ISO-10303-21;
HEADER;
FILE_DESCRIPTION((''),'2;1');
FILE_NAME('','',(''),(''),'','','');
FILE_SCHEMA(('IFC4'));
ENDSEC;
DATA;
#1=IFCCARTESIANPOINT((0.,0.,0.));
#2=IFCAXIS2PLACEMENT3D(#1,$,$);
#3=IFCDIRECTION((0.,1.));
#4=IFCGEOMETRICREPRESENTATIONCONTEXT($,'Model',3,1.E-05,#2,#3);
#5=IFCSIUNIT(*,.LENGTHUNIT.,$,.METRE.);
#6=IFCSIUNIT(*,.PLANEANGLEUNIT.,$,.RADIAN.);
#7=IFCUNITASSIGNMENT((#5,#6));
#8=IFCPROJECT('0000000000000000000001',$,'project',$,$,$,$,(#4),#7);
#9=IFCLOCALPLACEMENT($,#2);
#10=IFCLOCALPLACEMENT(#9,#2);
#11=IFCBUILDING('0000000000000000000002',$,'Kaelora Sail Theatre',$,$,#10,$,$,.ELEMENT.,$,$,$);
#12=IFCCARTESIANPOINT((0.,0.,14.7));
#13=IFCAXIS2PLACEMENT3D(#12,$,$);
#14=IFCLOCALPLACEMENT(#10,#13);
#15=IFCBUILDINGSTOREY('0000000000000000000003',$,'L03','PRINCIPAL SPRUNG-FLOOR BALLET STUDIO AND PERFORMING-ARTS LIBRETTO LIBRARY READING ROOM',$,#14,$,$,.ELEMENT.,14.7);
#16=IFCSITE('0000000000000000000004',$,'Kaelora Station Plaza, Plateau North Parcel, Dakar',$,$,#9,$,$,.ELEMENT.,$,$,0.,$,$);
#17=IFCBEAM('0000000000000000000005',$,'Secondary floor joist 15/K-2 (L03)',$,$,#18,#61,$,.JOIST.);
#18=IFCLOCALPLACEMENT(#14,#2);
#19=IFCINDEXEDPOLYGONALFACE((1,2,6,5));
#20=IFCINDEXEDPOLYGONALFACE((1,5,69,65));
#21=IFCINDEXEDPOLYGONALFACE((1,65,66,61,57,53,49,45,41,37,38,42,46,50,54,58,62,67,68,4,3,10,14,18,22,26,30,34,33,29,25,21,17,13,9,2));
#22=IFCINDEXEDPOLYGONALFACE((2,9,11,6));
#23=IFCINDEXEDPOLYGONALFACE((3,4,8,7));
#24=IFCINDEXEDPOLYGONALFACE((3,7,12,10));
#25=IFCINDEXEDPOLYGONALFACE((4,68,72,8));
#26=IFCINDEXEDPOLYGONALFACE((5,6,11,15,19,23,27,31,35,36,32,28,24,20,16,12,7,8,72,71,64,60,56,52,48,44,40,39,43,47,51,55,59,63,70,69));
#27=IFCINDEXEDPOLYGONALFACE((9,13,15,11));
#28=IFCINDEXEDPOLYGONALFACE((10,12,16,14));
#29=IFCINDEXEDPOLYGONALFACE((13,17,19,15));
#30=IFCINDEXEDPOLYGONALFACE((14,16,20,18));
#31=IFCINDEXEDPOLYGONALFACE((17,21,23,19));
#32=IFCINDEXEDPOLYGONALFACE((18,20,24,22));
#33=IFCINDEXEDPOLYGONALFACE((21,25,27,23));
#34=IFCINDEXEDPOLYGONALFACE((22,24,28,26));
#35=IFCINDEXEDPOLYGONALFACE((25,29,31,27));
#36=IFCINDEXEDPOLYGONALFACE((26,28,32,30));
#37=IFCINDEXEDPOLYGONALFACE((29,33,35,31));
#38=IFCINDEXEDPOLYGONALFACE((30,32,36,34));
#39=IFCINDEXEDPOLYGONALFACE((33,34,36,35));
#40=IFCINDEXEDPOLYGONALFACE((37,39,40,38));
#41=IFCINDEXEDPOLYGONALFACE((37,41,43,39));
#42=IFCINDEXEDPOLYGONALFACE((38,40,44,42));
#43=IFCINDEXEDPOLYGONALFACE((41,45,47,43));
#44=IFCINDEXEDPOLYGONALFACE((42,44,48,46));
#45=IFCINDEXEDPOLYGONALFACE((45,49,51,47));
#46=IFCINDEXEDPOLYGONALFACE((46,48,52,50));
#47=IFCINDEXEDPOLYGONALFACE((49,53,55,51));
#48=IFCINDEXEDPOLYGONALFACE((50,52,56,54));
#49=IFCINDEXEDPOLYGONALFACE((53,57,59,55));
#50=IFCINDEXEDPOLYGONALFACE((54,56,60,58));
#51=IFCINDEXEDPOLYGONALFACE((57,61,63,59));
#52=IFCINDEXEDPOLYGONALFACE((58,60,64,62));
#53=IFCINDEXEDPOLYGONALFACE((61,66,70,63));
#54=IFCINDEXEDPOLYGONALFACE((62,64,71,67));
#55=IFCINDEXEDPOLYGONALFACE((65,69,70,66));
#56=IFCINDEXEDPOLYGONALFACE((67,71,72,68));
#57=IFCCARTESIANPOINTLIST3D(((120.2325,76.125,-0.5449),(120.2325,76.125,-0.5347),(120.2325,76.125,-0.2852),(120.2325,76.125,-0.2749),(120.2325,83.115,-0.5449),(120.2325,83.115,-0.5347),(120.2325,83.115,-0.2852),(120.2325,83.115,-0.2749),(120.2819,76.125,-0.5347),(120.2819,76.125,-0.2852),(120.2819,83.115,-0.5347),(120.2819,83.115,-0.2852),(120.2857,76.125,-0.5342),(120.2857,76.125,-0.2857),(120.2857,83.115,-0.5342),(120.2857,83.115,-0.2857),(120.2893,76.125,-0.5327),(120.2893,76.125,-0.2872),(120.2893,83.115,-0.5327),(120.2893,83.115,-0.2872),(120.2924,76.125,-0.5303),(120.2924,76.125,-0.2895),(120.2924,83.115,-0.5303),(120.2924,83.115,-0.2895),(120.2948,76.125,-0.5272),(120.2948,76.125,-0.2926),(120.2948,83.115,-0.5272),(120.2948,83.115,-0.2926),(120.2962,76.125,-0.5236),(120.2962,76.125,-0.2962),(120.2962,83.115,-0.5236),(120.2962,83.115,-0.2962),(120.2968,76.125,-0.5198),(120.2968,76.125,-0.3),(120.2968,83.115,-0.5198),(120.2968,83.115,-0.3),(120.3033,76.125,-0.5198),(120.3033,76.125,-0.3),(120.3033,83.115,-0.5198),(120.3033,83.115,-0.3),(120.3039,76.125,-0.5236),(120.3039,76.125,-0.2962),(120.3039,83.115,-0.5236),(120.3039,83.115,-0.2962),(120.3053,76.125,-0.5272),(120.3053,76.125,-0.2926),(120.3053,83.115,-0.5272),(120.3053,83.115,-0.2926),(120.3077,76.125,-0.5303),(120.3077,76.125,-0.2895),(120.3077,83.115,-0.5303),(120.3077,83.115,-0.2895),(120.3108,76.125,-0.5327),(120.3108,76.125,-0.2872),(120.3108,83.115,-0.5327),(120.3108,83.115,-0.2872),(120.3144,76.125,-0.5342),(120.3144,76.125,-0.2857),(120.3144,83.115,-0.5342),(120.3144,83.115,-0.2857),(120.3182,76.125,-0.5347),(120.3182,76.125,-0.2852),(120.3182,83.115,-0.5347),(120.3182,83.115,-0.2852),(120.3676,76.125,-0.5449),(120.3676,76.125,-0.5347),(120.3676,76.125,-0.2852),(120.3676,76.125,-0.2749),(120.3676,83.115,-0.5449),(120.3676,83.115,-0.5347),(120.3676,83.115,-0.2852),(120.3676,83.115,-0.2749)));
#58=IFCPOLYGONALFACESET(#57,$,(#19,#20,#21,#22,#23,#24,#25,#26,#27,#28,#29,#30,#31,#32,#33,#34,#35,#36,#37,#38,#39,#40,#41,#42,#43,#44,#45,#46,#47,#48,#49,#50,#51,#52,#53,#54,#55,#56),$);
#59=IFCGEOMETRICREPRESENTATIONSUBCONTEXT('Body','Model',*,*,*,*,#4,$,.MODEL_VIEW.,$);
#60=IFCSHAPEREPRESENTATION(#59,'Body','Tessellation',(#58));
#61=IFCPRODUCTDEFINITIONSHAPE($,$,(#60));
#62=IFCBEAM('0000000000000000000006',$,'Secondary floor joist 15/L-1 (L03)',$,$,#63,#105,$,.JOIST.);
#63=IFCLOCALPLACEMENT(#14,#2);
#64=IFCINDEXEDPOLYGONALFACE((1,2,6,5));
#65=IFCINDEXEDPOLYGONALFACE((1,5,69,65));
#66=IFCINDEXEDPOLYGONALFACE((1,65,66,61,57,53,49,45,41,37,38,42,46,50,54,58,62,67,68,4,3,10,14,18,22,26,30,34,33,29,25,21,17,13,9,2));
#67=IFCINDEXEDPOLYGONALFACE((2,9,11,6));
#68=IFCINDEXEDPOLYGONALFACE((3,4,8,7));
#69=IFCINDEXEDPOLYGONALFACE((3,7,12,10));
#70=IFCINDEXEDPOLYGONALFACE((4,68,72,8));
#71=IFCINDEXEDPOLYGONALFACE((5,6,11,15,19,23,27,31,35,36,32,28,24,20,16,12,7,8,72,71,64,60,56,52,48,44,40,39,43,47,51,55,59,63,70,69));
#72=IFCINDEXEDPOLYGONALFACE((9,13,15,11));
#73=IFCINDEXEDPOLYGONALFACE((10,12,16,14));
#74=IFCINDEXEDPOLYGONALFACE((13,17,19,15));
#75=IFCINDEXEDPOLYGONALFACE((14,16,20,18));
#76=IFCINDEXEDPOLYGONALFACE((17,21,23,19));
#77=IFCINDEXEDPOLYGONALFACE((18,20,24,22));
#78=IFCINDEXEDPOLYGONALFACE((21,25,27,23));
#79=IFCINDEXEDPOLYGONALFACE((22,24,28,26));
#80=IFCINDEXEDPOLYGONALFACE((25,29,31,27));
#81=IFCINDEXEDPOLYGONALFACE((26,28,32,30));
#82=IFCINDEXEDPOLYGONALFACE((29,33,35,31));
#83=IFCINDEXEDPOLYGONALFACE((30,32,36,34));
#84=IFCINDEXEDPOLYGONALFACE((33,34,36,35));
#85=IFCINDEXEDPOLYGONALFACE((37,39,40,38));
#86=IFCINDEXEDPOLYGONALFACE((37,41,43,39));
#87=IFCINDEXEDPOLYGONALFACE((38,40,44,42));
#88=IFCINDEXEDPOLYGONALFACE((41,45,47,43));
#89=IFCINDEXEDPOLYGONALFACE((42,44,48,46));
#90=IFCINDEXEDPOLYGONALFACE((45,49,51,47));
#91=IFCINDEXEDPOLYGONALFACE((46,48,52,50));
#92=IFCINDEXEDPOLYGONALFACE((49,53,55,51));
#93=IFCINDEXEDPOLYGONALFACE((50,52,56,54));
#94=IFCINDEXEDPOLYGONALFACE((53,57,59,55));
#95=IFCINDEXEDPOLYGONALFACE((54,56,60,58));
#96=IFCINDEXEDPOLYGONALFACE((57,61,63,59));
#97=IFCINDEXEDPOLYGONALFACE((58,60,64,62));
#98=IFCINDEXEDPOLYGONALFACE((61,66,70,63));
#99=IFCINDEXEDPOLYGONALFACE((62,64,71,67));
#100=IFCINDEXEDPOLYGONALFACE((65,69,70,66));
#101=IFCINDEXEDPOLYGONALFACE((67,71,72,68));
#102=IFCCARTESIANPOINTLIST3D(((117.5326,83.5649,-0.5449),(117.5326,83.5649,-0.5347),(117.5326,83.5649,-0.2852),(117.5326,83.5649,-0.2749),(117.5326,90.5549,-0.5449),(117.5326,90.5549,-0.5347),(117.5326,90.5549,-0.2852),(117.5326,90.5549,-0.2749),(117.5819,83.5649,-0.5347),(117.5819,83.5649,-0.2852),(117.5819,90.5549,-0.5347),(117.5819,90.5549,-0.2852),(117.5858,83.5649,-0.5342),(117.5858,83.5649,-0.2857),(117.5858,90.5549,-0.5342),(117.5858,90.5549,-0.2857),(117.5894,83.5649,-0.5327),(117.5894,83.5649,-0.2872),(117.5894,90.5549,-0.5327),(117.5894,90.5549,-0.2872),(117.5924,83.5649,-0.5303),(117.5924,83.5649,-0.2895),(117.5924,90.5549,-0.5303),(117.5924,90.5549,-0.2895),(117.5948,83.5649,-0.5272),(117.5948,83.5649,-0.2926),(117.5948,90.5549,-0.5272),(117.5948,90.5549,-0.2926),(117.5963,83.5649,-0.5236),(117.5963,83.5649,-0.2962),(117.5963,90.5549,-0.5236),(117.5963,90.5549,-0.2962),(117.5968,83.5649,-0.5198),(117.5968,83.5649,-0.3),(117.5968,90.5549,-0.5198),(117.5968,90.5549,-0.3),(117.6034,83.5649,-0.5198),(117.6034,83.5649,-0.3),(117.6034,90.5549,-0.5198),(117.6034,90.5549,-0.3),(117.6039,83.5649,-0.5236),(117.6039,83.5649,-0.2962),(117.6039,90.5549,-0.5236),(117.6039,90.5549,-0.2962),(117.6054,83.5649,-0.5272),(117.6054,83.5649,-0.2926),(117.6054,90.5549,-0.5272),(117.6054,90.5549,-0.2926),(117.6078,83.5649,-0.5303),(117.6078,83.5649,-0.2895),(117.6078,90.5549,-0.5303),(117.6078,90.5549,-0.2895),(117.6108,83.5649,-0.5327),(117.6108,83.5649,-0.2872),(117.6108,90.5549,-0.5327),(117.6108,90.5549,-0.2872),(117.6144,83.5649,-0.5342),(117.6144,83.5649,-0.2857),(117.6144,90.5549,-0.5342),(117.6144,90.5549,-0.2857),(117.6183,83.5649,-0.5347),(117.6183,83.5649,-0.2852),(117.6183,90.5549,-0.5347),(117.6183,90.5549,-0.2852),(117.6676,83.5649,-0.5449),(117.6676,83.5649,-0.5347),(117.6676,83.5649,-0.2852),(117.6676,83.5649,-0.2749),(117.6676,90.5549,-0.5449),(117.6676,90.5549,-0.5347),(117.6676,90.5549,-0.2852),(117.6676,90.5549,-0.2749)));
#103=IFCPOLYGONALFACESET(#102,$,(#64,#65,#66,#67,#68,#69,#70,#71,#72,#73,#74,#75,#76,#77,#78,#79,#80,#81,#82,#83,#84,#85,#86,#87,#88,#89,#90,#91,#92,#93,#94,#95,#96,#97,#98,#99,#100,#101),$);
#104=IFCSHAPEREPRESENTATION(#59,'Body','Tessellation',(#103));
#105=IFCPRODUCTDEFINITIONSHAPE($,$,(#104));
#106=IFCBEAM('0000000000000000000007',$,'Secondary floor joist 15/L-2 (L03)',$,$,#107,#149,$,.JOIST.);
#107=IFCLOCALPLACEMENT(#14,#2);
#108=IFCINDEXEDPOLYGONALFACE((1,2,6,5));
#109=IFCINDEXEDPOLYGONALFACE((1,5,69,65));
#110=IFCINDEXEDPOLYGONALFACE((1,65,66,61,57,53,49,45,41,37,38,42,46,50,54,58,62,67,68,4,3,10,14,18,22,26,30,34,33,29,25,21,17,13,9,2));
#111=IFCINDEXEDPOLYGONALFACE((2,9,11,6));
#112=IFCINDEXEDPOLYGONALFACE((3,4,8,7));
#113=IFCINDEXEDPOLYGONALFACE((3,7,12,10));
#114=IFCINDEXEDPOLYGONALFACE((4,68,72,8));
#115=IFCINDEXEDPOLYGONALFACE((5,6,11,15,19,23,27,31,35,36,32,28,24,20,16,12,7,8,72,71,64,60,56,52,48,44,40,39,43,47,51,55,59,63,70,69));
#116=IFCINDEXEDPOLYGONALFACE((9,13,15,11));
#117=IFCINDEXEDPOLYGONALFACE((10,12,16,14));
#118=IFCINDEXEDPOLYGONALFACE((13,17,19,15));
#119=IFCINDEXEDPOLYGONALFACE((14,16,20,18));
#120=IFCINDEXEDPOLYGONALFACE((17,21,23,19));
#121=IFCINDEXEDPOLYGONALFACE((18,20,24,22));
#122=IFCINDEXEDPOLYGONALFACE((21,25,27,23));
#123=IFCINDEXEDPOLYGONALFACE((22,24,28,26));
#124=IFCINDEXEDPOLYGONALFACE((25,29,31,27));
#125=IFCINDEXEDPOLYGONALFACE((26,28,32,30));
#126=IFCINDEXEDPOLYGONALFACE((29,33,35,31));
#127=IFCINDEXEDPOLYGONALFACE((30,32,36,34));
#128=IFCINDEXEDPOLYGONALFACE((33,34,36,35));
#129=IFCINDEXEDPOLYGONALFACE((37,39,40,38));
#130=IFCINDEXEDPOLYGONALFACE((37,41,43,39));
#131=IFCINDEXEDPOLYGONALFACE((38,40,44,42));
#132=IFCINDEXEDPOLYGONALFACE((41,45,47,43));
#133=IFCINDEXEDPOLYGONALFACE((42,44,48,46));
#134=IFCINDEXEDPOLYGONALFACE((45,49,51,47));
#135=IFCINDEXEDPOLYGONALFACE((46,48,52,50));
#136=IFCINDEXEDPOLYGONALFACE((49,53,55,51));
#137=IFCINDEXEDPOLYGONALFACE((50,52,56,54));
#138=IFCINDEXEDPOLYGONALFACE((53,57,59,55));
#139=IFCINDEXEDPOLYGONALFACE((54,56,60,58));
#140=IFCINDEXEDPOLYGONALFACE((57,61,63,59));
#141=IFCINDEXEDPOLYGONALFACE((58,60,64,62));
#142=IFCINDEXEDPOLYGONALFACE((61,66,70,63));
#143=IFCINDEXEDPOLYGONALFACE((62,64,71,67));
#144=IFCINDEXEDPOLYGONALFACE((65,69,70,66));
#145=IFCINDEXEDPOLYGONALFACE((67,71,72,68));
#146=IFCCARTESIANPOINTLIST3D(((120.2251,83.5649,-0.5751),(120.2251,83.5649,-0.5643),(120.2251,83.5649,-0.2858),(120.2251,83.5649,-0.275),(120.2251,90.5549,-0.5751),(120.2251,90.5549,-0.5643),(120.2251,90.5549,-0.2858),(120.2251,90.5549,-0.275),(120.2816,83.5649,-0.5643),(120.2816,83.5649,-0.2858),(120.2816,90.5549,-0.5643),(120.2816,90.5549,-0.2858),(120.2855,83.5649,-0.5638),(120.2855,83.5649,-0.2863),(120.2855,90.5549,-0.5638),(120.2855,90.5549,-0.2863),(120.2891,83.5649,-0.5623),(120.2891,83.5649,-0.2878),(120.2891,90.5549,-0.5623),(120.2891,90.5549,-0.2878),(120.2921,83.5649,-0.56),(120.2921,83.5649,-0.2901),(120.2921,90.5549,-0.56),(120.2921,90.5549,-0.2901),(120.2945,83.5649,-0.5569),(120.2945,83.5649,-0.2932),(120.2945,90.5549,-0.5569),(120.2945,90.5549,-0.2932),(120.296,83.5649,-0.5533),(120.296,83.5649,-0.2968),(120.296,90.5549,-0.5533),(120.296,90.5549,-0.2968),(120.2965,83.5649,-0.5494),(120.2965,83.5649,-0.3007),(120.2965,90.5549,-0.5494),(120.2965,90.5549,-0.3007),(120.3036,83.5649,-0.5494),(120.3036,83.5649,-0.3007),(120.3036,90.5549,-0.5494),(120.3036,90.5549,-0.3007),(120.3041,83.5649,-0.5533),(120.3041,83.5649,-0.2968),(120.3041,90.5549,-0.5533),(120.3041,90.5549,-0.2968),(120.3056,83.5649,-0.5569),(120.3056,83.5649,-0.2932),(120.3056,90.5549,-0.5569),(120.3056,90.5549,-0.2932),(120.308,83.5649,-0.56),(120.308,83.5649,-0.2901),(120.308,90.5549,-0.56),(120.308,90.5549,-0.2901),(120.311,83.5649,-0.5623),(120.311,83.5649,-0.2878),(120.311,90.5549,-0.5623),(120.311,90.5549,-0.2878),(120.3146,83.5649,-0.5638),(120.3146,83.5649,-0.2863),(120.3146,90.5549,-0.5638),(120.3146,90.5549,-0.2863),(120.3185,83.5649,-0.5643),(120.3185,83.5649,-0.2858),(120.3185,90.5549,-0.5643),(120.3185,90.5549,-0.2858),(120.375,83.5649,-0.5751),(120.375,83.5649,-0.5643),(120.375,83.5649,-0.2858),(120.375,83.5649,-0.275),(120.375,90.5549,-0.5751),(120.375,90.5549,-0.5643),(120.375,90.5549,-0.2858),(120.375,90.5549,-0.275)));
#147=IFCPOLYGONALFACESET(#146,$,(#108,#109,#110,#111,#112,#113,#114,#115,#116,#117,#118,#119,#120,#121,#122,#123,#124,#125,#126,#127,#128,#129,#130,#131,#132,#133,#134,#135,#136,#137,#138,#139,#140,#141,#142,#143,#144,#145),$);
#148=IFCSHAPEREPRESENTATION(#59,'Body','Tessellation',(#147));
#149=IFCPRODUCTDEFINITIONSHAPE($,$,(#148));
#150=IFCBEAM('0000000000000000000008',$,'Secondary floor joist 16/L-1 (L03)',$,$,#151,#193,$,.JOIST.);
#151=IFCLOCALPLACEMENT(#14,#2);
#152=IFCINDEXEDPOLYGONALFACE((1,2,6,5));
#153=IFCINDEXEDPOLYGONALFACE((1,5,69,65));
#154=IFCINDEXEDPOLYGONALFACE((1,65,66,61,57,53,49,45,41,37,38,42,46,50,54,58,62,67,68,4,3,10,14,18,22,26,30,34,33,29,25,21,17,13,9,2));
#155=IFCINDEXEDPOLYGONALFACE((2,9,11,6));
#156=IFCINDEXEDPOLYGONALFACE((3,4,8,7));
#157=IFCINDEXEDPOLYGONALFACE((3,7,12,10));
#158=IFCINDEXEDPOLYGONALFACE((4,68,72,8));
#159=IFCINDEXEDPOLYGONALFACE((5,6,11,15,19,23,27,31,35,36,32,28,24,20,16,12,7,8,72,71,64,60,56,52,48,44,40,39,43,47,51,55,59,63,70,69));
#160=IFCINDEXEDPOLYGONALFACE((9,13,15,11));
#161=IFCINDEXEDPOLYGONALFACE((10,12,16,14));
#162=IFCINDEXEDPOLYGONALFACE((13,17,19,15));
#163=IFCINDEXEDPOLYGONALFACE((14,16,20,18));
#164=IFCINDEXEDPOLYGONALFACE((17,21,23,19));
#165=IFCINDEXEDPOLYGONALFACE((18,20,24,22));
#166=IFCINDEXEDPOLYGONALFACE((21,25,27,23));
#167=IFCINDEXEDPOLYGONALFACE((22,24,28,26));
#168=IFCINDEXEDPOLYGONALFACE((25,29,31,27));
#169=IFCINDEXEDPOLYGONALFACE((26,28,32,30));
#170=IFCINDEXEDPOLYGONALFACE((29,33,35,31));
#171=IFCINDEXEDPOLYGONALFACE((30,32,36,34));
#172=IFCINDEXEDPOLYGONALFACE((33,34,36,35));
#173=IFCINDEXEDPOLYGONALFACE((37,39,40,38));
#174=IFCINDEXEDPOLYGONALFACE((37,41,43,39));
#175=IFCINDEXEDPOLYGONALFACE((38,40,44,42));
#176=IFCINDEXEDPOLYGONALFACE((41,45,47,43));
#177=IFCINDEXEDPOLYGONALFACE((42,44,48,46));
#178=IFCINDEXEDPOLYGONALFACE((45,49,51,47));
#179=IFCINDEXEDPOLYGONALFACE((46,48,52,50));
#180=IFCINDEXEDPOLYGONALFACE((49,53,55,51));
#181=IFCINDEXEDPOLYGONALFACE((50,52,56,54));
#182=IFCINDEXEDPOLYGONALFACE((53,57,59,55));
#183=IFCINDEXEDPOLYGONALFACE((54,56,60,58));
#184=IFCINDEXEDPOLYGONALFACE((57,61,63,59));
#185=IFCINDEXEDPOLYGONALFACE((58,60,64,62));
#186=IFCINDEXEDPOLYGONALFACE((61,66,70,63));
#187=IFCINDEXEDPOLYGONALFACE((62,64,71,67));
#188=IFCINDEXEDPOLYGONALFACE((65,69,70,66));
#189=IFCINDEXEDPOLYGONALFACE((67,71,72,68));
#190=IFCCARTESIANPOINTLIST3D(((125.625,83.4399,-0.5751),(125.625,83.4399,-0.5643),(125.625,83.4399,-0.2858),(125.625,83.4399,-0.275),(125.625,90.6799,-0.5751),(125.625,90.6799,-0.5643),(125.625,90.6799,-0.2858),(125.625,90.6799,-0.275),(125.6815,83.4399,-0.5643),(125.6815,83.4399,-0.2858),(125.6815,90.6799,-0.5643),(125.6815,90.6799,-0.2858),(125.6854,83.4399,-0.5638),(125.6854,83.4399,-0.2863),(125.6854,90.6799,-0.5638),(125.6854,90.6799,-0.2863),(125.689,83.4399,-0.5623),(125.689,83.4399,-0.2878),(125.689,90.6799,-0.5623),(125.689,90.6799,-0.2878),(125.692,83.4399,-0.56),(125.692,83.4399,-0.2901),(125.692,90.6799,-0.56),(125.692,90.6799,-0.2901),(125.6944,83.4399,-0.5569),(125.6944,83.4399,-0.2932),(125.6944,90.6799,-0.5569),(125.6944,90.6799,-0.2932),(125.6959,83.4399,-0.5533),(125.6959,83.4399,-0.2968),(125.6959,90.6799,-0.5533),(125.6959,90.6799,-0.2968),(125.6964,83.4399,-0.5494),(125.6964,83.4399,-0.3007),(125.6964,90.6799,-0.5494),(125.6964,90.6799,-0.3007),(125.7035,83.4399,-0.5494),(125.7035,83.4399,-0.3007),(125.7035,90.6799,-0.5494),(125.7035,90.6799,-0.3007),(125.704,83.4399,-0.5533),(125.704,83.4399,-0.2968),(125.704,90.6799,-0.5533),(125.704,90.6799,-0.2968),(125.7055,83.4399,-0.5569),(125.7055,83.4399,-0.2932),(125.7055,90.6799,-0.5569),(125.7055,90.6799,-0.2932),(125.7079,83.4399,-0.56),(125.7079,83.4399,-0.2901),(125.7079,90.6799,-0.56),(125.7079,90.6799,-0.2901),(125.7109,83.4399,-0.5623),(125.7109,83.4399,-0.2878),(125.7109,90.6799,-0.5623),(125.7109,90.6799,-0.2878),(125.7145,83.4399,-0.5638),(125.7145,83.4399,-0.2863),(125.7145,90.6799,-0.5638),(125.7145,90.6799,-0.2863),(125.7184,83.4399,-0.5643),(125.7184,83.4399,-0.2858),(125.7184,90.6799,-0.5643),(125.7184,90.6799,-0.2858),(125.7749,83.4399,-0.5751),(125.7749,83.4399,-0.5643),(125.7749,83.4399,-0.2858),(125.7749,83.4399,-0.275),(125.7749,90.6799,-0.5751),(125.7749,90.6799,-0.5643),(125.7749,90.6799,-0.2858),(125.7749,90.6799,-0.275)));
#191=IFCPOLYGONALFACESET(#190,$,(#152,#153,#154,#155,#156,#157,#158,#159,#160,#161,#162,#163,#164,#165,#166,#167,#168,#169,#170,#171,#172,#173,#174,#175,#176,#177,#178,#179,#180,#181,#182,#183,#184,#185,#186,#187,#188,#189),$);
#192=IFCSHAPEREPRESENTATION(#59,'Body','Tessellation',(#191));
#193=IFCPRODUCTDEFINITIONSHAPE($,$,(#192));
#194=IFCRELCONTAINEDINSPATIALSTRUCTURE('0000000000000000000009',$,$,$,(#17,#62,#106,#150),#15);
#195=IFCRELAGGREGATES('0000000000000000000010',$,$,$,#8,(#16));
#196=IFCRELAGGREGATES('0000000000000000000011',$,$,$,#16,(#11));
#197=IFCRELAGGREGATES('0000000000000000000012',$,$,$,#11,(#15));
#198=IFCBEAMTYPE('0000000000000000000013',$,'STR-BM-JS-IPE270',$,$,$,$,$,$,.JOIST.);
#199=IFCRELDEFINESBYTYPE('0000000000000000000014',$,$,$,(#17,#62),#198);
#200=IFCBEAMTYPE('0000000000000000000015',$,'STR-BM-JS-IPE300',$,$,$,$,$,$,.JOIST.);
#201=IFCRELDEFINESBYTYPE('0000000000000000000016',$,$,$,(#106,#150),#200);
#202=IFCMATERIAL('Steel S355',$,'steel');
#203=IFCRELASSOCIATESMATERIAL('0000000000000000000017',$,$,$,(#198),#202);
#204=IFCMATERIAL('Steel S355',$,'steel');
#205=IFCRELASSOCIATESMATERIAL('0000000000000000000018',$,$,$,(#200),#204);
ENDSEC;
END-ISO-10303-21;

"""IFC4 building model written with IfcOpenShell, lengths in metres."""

from ifc_helpers import new_model, si_unit, direction, frame, origin, origin_2d, place, context, subcontext, project, spatial, i_section, extrude, material, material_profile, profile_set, type_object, element, save


model = new_model("IFC4")

# Units and contexts
model_context = context("Model", 3, precision=1e-05, world=origin(), true_north=direction((0.0, 1.0)))
body_context = subcontext(model_context, "Body", "Model", "MODEL_VIEW")
ifc_project = project(units=[si_unit("LENGTHUNIT", "METRE"), si_unit("PLANEANGLEUNIT", "RADIAN")], contexts=[model_context])

# Site, building, storey
site_placement = place(None, origin())
site = spatial("IfcSite", under=ifc_project, at=site_placement, Name="Kaelora Station Plaza, Plateau North Parcel, Dakar", CompositionType="ELEMENT", RefElevation=0.0)
building_placement = place(site_placement, origin())
building = spatial("IfcBuilding", under=site, at=building_placement, Name="Kaelora Sail Theatre", CompositionType="ELEMENT")
storey_placement = place(building_placement, frame((0.0, 0.0, 14.7)))
storey = spatial("IfcBuildingStorey", under=building, at=storey_placement, Name="L03", Description="PRINCIPAL SPRUNG-FLOOR BALLET STUDIO AND PERFORMING-ARTS LIBRETTO LIBRARY READING ROOM", CompositionType="ELEMENT", Elevation=14.7)

# Beams
ifc_material_1 = material(Name="Steel S355", Category="steel")
ifc_material_profile_1 = material_profile(ifc_material_1, i_section(OverallWidth=0.135, OverallDepth=0.27, WebThickness=0.0066, FlangeThickness=0.0103, FilletRadius=0.0149, at=origin_2d()), Name="IPE 270")
ifc_profile_set_1 = profile_set([ifc_material_profile_1], Name="Steel S355")
beam_type_1 = type_object("IfcBeamType", Name="STR-BM-JS-IPE270", PredefinedType="JOIST", material=ifc_profile_set_1)
for number, where, z_axis, x_axis, name in (
    (1, (120.3, 76.125, -0.4099), (0.0, 1.0, 0.0), (-1.0, 0.0, 0.0), "Secondary floor joist 15/K-2 (L03)"),
    (2, (117.6001, 83.5649, -0.4099), (0.0, 1.0, 0.0), (-1.0, 0.0, 0.0), "Secondary floor joist 15/L-1 (L03)"),
):
    element("IfcBeam", number, at=place(storey_placement, frame(where, z_axis=z_axis, x_axis=x_axis)), inside=storey, type_object=beam_type_1, Name=name, PredefinedType="JOIST", context=body_context, shape_type="SweptSolid", body=[
        extrude(i_section(OverallWidth=0.135, OverallDepth=0.27, WebThickness=0.0066, FlangeThickness=0.0103, FilletRadius=0.0149, at=origin_2d()), origin(), (0.0, 0.0, 1.0), 6.99),
    ])
ifc_material_2 = material(Name="Steel S355", Category="steel")
ifc_material_profile_2 = material_profile(ifc_material_2, i_section(OverallWidth=0.1499, OverallDepth=0.3, WebThickness=0.0071, FlangeThickness=0.0107, FilletRadius=0.0149, at=origin_2d()), Name="IPE 300")
ifc_profile_set_2 = profile_set([ifc_material_profile_2], Name="Steel S355")
beam_type_2 = type_object("IfcBeamType", Name="STR-BM-JS-IPE300", PredefinedType="JOIST", material=ifc_profile_set_2)
beam_1_placement = place(storey_placement, frame((120.3, 83.5649, -0.425), z_axis=(0.0, 1.0, 0.0), x_axis=(-1.0, 0.0, 0.0)))
element("IfcBeam", 3, at=beam_1_placement, inside=storey, type_object=beam_type_2, Name="Secondary floor joist 15/L-2 (L03)", PredefinedType="JOIST", context=body_context, shape_type="SweptSolid", body=[
    extrude(i_section(OverallWidth=0.1499, OverallDepth=0.3, WebThickness=0.0071, FlangeThickness=0.0107, FilletRadius=0.0149, at=origin_2d()), origin(), (0.0, 0.0, 1.0), 6.99),
])
beam_2_placement = place(storey_placement, frame((125.7, 83.4399, -0.425), z_axis=(0.0, 1.0, 0.0), x_axis=(-1.0, 0.0, 0.0)))
element("IfcBeam", 4, at=beam_2_placement, inside=storey, type_object=beam_type_2, Name="Secondary floor joist 16/L-1 (L03)", PredefinedType="JOIST", context=body_context, shape_type="SweptSolid", body=[
    extrude(i_section(OverallWidth=0.1499, OverallDepth=0.3, WebThickness=0.0071, FlangeThickness=0.0107, FilletRadius=0.0149, at=origin_2d()), origin(), (0.0, 0.0, 1.0), 7.24),
])

save(model, "model.ifc")
